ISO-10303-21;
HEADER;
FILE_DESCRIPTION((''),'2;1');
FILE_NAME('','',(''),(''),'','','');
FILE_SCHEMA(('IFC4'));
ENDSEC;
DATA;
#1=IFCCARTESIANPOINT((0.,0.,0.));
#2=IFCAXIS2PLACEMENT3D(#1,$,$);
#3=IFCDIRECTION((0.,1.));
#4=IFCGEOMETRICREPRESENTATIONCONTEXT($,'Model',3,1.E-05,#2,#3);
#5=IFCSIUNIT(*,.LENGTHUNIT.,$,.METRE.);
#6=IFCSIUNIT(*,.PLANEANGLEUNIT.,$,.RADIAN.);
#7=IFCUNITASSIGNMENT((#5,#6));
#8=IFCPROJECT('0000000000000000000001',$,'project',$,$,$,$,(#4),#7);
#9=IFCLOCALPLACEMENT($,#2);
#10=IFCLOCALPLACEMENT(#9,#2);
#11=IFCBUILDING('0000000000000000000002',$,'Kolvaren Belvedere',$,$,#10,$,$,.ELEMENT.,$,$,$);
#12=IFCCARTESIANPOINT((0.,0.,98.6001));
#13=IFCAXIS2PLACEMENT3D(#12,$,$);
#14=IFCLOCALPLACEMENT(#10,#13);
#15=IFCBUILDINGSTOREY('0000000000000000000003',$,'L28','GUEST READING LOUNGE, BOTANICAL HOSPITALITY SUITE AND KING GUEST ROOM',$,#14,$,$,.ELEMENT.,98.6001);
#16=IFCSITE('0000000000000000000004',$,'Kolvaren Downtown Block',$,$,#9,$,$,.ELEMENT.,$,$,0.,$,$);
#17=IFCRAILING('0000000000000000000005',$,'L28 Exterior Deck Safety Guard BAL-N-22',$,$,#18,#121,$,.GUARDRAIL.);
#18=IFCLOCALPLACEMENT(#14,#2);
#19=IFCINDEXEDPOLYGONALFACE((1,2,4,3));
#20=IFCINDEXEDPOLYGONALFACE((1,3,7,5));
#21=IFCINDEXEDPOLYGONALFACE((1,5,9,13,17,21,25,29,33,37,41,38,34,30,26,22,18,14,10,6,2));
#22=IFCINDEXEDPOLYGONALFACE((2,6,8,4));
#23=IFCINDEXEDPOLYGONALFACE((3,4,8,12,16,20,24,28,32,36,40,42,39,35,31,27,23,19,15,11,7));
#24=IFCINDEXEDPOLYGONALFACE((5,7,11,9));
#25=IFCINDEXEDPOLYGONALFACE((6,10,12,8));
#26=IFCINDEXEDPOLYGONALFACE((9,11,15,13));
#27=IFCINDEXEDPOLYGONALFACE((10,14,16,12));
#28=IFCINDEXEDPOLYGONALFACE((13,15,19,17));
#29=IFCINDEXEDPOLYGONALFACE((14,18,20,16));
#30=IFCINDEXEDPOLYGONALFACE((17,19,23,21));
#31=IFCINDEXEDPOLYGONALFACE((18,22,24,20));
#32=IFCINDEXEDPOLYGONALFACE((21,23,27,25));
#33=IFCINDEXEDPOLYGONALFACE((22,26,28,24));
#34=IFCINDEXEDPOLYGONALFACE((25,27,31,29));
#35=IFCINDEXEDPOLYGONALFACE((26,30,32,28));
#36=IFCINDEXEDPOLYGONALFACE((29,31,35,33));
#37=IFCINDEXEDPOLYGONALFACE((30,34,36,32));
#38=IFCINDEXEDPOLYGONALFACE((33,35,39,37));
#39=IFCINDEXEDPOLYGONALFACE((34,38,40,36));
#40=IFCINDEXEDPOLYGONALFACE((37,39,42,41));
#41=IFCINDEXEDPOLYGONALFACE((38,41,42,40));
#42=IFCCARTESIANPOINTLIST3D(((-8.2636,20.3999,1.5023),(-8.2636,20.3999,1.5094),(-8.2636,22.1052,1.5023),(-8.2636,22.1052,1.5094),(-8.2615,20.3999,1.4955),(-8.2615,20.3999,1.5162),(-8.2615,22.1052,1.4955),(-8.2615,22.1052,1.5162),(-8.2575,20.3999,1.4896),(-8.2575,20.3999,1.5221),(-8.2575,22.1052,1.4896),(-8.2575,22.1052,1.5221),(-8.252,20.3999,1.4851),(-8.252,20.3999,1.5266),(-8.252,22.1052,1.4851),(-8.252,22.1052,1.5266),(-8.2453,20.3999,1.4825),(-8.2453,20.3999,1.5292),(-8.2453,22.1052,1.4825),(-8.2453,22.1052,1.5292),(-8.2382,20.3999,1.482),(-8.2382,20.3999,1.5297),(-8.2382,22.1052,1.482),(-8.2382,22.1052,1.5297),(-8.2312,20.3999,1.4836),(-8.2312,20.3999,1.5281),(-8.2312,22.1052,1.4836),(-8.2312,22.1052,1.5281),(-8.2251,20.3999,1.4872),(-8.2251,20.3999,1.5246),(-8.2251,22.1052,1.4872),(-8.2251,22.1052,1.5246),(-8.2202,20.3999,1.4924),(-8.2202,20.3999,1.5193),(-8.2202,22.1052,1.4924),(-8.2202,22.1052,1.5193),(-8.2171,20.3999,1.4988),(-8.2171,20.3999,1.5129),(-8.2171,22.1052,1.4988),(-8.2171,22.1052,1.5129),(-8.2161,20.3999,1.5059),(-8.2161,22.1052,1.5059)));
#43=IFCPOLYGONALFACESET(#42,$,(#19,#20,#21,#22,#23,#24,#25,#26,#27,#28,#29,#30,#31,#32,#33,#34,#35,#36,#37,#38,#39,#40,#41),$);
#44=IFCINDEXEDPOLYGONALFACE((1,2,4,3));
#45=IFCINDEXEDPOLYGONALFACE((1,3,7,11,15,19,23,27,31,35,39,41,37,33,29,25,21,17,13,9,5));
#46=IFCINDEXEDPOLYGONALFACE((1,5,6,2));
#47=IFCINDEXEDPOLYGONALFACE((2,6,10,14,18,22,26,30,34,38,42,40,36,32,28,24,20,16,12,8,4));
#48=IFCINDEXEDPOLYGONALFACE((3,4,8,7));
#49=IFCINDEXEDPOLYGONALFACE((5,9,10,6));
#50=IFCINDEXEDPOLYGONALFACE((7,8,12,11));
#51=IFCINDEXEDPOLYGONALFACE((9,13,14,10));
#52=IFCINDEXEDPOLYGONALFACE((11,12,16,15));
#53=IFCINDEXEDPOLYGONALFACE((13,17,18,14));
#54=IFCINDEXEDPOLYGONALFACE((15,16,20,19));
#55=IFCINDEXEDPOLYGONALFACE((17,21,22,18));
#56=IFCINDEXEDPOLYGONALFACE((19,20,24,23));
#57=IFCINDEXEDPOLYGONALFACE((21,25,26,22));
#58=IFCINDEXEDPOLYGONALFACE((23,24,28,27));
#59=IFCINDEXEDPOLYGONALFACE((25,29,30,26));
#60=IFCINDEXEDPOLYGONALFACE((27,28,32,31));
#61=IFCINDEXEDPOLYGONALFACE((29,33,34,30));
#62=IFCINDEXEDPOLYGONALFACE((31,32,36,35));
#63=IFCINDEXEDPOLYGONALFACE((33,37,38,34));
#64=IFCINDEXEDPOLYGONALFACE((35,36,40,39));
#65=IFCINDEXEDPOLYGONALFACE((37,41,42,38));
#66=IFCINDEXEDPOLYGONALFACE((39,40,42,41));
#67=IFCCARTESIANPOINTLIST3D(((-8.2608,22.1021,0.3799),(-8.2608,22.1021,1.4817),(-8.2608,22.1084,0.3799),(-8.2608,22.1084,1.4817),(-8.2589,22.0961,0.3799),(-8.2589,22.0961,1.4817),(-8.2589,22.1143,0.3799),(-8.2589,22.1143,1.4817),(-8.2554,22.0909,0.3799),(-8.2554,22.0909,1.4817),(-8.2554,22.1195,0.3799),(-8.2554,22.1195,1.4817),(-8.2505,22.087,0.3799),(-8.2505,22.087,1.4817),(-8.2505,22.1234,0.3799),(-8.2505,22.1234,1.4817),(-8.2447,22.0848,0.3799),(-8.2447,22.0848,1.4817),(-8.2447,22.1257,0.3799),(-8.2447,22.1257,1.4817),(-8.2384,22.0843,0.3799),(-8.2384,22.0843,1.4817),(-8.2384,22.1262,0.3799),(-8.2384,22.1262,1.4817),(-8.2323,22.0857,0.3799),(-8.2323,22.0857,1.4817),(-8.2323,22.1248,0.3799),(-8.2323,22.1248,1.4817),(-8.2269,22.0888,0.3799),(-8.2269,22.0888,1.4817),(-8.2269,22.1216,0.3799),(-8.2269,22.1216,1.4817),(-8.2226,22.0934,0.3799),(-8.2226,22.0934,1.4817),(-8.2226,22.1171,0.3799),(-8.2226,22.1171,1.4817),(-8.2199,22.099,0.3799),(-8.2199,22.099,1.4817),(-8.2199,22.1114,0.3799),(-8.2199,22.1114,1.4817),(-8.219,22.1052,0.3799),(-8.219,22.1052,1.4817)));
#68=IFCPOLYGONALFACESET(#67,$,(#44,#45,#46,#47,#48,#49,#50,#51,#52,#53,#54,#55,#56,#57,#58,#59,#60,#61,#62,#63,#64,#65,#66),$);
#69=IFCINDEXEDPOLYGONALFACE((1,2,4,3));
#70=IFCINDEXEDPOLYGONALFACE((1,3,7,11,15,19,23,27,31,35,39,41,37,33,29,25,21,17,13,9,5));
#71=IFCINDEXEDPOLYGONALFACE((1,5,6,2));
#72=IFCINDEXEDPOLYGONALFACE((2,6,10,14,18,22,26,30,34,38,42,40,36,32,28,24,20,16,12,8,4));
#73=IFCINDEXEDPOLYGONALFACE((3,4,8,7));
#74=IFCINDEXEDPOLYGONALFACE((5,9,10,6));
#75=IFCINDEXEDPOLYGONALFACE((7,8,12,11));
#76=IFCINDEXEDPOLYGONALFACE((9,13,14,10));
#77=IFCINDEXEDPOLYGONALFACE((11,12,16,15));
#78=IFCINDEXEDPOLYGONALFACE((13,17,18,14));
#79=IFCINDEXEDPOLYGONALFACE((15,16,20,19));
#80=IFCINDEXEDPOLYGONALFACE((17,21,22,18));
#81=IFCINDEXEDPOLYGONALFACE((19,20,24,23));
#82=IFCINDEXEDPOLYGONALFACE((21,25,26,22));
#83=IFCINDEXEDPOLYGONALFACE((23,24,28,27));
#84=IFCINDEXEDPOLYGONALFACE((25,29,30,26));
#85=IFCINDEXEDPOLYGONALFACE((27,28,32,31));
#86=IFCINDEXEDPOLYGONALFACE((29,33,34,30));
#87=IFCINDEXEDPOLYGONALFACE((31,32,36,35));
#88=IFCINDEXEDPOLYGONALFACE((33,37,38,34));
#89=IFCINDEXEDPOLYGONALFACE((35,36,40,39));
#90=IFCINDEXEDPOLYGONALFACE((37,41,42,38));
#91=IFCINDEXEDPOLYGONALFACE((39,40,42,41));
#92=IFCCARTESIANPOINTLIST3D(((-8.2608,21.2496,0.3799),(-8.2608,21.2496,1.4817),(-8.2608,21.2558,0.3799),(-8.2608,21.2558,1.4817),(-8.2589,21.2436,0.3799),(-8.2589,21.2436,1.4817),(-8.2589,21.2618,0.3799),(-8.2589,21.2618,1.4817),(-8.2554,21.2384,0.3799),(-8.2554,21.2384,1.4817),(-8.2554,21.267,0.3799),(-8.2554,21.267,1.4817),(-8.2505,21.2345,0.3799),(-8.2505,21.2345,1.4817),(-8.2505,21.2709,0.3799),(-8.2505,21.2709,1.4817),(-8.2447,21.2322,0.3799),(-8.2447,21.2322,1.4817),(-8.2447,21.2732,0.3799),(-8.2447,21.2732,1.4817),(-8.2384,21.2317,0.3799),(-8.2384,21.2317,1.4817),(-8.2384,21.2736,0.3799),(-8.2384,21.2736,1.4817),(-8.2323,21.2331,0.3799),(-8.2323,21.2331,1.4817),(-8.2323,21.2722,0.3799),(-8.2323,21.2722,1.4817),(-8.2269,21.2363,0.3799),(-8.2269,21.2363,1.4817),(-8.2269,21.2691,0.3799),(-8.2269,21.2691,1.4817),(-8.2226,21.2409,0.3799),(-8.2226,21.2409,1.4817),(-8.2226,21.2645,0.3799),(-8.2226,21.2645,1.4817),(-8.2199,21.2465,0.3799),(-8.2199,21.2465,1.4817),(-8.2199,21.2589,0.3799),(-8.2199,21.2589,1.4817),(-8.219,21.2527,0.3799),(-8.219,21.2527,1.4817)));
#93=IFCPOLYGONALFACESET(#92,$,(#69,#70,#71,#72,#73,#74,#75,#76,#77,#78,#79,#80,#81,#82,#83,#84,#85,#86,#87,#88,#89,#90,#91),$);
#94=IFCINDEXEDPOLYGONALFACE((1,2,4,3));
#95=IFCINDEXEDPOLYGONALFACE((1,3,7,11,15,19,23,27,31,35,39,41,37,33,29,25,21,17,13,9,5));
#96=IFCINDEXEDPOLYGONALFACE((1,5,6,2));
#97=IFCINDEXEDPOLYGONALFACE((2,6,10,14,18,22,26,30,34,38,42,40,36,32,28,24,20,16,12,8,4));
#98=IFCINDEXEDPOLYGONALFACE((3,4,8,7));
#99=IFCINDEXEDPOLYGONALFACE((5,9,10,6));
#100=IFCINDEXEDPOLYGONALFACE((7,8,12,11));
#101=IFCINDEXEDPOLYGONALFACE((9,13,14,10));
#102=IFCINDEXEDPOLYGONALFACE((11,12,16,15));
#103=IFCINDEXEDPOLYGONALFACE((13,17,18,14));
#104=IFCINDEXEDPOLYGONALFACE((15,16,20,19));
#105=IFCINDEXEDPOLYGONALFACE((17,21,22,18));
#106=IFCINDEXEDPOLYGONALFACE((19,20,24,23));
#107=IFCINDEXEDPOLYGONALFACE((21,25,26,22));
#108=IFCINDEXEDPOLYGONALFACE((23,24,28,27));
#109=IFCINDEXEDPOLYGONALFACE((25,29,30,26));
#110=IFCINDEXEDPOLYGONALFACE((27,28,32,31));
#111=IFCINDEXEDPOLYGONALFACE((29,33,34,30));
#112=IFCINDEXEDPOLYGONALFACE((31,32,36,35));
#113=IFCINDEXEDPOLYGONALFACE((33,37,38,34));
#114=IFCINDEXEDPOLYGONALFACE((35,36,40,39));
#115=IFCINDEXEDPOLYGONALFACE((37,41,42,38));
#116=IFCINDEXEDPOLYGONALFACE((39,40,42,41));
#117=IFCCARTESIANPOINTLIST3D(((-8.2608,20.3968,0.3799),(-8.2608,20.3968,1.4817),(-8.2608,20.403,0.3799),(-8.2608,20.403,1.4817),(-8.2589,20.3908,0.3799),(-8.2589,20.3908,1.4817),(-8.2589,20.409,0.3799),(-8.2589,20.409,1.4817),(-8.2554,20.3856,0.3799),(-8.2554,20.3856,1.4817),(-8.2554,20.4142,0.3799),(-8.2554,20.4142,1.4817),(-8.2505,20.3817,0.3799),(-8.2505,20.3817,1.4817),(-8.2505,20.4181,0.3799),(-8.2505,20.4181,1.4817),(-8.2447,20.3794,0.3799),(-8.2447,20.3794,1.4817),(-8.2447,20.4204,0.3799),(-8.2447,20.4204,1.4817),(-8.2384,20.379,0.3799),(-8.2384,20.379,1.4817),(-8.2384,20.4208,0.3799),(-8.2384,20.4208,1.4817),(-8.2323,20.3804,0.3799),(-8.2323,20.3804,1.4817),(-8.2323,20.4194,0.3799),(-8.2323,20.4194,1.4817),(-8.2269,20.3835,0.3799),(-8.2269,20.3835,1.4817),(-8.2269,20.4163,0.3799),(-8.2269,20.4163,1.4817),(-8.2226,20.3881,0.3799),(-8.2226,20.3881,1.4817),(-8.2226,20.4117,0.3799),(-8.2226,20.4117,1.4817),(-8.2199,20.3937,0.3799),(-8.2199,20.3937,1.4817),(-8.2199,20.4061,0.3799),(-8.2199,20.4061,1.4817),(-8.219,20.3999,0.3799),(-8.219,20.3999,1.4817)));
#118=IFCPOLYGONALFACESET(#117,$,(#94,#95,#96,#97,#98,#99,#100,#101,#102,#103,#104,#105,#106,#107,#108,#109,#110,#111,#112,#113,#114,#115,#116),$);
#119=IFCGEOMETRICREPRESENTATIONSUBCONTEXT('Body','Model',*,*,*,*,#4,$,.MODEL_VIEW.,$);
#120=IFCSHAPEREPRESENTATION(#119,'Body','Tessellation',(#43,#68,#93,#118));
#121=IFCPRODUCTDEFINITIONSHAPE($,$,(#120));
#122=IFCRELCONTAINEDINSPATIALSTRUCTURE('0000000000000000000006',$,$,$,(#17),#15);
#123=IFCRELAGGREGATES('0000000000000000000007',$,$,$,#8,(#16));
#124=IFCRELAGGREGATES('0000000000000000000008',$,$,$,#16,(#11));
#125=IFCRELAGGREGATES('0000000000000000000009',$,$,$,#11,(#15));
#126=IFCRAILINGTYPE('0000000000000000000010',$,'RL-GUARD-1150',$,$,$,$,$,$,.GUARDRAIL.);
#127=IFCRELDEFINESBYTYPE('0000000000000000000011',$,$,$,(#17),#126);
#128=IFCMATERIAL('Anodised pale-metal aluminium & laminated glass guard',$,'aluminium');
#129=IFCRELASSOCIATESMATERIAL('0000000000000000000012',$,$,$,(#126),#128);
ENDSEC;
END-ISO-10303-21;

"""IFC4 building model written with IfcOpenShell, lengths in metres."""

from ifc_helpers import new_model, si_unit, direction, frame, origin, origin_2d, place, context, subcontext, project, spatial, circle, extrude, material, type_object, element, save


model = new_model("IFC4")

# Units and contexts
model_context = context("Model", 3, precision=1e-05, world=origin(), true_north=direction((0.0, 1.0)))
body_context = subcontext(model_context, "Body", "Model", "MODEL_VIEW")
ifc_project = project(units=[si_unit("LENGTHUNIT", "METRE"), si_unit("PLANEANGLEUNIT", "RADIAN")], contexts=[model_context])

# Site, building, storey
site_placement = place(None, origin())
site = spatial("IfcSite", under=ifc_project, at=site_placement, Name="Kolvaren Downtown Block", CompositionType="ELEMENT", RefElevation=0.0)
building_placement = place(site_placement, origin())
building = spatial("IfcBuilding", under=site, at=building_placement, Name="Kolvaren Belvedere", CompositionType="ELEMENT")
storey_placement = place(building_placement, frame((0.0, 0.0, 98.6001)))
storey = spatial("IfcBuildingStorey", under=building, at=storey_placement, Name="L28", Description="GUEST READING LOUNGE, BOTANICAL HOSPITALITY SUITE AND KING GUEST ROOM", CompositionType="ELEMENT", Elevation=98.6001)

# Railing
ifc_material_1 = material(Name="Anodised pale-metal aluminium & laminated glass guard", Category="aluminium")
railing_type = type_object("IfcRailingType", Name="RL-GUARD-1150", PredefinedType="GUARDRAIL", material=ifc_material_1)
railing_placement = place(storey_placement, frame((-8.24, 22.1052, 0.3799)))
element("IfcRailing", 1, at=railing_placement, inside=storey, type_object=railing_type, Name="L28 Exterior Deck Safety Guard BAL-N-22", PredefinedType="GUARDRAIL", context=body_context, shape_type="SweptSolid", body=[
    extrude(circle(Radius=0.0239, at=origin_2d()), frame((0.0, 0.0, 1.126), z_axis=(0.0, -1.0, 0.0), x_axis=(1.0, 0.0, 0.0)), (0.0, 0.0, 1.0), 1.7053),
    extrude(circle(Radius=0.021, at=origin_2d()), origin(), (0.0, 0.0, 1.0), 1.1018),
    extrude(circle(Radius=0.021, at=origin_2d()), frame((0.0, -0.8525, 0.0)), (0.0, 0.0, 1.0), 1.1018),
    extrude(circle(Radius=0.021, at=origin_2d()), frame((0.0, -1.7053, 0.0)), (0.0, 0.0, 1.0), 1.1018),
])

save(model, "model.ifc")
